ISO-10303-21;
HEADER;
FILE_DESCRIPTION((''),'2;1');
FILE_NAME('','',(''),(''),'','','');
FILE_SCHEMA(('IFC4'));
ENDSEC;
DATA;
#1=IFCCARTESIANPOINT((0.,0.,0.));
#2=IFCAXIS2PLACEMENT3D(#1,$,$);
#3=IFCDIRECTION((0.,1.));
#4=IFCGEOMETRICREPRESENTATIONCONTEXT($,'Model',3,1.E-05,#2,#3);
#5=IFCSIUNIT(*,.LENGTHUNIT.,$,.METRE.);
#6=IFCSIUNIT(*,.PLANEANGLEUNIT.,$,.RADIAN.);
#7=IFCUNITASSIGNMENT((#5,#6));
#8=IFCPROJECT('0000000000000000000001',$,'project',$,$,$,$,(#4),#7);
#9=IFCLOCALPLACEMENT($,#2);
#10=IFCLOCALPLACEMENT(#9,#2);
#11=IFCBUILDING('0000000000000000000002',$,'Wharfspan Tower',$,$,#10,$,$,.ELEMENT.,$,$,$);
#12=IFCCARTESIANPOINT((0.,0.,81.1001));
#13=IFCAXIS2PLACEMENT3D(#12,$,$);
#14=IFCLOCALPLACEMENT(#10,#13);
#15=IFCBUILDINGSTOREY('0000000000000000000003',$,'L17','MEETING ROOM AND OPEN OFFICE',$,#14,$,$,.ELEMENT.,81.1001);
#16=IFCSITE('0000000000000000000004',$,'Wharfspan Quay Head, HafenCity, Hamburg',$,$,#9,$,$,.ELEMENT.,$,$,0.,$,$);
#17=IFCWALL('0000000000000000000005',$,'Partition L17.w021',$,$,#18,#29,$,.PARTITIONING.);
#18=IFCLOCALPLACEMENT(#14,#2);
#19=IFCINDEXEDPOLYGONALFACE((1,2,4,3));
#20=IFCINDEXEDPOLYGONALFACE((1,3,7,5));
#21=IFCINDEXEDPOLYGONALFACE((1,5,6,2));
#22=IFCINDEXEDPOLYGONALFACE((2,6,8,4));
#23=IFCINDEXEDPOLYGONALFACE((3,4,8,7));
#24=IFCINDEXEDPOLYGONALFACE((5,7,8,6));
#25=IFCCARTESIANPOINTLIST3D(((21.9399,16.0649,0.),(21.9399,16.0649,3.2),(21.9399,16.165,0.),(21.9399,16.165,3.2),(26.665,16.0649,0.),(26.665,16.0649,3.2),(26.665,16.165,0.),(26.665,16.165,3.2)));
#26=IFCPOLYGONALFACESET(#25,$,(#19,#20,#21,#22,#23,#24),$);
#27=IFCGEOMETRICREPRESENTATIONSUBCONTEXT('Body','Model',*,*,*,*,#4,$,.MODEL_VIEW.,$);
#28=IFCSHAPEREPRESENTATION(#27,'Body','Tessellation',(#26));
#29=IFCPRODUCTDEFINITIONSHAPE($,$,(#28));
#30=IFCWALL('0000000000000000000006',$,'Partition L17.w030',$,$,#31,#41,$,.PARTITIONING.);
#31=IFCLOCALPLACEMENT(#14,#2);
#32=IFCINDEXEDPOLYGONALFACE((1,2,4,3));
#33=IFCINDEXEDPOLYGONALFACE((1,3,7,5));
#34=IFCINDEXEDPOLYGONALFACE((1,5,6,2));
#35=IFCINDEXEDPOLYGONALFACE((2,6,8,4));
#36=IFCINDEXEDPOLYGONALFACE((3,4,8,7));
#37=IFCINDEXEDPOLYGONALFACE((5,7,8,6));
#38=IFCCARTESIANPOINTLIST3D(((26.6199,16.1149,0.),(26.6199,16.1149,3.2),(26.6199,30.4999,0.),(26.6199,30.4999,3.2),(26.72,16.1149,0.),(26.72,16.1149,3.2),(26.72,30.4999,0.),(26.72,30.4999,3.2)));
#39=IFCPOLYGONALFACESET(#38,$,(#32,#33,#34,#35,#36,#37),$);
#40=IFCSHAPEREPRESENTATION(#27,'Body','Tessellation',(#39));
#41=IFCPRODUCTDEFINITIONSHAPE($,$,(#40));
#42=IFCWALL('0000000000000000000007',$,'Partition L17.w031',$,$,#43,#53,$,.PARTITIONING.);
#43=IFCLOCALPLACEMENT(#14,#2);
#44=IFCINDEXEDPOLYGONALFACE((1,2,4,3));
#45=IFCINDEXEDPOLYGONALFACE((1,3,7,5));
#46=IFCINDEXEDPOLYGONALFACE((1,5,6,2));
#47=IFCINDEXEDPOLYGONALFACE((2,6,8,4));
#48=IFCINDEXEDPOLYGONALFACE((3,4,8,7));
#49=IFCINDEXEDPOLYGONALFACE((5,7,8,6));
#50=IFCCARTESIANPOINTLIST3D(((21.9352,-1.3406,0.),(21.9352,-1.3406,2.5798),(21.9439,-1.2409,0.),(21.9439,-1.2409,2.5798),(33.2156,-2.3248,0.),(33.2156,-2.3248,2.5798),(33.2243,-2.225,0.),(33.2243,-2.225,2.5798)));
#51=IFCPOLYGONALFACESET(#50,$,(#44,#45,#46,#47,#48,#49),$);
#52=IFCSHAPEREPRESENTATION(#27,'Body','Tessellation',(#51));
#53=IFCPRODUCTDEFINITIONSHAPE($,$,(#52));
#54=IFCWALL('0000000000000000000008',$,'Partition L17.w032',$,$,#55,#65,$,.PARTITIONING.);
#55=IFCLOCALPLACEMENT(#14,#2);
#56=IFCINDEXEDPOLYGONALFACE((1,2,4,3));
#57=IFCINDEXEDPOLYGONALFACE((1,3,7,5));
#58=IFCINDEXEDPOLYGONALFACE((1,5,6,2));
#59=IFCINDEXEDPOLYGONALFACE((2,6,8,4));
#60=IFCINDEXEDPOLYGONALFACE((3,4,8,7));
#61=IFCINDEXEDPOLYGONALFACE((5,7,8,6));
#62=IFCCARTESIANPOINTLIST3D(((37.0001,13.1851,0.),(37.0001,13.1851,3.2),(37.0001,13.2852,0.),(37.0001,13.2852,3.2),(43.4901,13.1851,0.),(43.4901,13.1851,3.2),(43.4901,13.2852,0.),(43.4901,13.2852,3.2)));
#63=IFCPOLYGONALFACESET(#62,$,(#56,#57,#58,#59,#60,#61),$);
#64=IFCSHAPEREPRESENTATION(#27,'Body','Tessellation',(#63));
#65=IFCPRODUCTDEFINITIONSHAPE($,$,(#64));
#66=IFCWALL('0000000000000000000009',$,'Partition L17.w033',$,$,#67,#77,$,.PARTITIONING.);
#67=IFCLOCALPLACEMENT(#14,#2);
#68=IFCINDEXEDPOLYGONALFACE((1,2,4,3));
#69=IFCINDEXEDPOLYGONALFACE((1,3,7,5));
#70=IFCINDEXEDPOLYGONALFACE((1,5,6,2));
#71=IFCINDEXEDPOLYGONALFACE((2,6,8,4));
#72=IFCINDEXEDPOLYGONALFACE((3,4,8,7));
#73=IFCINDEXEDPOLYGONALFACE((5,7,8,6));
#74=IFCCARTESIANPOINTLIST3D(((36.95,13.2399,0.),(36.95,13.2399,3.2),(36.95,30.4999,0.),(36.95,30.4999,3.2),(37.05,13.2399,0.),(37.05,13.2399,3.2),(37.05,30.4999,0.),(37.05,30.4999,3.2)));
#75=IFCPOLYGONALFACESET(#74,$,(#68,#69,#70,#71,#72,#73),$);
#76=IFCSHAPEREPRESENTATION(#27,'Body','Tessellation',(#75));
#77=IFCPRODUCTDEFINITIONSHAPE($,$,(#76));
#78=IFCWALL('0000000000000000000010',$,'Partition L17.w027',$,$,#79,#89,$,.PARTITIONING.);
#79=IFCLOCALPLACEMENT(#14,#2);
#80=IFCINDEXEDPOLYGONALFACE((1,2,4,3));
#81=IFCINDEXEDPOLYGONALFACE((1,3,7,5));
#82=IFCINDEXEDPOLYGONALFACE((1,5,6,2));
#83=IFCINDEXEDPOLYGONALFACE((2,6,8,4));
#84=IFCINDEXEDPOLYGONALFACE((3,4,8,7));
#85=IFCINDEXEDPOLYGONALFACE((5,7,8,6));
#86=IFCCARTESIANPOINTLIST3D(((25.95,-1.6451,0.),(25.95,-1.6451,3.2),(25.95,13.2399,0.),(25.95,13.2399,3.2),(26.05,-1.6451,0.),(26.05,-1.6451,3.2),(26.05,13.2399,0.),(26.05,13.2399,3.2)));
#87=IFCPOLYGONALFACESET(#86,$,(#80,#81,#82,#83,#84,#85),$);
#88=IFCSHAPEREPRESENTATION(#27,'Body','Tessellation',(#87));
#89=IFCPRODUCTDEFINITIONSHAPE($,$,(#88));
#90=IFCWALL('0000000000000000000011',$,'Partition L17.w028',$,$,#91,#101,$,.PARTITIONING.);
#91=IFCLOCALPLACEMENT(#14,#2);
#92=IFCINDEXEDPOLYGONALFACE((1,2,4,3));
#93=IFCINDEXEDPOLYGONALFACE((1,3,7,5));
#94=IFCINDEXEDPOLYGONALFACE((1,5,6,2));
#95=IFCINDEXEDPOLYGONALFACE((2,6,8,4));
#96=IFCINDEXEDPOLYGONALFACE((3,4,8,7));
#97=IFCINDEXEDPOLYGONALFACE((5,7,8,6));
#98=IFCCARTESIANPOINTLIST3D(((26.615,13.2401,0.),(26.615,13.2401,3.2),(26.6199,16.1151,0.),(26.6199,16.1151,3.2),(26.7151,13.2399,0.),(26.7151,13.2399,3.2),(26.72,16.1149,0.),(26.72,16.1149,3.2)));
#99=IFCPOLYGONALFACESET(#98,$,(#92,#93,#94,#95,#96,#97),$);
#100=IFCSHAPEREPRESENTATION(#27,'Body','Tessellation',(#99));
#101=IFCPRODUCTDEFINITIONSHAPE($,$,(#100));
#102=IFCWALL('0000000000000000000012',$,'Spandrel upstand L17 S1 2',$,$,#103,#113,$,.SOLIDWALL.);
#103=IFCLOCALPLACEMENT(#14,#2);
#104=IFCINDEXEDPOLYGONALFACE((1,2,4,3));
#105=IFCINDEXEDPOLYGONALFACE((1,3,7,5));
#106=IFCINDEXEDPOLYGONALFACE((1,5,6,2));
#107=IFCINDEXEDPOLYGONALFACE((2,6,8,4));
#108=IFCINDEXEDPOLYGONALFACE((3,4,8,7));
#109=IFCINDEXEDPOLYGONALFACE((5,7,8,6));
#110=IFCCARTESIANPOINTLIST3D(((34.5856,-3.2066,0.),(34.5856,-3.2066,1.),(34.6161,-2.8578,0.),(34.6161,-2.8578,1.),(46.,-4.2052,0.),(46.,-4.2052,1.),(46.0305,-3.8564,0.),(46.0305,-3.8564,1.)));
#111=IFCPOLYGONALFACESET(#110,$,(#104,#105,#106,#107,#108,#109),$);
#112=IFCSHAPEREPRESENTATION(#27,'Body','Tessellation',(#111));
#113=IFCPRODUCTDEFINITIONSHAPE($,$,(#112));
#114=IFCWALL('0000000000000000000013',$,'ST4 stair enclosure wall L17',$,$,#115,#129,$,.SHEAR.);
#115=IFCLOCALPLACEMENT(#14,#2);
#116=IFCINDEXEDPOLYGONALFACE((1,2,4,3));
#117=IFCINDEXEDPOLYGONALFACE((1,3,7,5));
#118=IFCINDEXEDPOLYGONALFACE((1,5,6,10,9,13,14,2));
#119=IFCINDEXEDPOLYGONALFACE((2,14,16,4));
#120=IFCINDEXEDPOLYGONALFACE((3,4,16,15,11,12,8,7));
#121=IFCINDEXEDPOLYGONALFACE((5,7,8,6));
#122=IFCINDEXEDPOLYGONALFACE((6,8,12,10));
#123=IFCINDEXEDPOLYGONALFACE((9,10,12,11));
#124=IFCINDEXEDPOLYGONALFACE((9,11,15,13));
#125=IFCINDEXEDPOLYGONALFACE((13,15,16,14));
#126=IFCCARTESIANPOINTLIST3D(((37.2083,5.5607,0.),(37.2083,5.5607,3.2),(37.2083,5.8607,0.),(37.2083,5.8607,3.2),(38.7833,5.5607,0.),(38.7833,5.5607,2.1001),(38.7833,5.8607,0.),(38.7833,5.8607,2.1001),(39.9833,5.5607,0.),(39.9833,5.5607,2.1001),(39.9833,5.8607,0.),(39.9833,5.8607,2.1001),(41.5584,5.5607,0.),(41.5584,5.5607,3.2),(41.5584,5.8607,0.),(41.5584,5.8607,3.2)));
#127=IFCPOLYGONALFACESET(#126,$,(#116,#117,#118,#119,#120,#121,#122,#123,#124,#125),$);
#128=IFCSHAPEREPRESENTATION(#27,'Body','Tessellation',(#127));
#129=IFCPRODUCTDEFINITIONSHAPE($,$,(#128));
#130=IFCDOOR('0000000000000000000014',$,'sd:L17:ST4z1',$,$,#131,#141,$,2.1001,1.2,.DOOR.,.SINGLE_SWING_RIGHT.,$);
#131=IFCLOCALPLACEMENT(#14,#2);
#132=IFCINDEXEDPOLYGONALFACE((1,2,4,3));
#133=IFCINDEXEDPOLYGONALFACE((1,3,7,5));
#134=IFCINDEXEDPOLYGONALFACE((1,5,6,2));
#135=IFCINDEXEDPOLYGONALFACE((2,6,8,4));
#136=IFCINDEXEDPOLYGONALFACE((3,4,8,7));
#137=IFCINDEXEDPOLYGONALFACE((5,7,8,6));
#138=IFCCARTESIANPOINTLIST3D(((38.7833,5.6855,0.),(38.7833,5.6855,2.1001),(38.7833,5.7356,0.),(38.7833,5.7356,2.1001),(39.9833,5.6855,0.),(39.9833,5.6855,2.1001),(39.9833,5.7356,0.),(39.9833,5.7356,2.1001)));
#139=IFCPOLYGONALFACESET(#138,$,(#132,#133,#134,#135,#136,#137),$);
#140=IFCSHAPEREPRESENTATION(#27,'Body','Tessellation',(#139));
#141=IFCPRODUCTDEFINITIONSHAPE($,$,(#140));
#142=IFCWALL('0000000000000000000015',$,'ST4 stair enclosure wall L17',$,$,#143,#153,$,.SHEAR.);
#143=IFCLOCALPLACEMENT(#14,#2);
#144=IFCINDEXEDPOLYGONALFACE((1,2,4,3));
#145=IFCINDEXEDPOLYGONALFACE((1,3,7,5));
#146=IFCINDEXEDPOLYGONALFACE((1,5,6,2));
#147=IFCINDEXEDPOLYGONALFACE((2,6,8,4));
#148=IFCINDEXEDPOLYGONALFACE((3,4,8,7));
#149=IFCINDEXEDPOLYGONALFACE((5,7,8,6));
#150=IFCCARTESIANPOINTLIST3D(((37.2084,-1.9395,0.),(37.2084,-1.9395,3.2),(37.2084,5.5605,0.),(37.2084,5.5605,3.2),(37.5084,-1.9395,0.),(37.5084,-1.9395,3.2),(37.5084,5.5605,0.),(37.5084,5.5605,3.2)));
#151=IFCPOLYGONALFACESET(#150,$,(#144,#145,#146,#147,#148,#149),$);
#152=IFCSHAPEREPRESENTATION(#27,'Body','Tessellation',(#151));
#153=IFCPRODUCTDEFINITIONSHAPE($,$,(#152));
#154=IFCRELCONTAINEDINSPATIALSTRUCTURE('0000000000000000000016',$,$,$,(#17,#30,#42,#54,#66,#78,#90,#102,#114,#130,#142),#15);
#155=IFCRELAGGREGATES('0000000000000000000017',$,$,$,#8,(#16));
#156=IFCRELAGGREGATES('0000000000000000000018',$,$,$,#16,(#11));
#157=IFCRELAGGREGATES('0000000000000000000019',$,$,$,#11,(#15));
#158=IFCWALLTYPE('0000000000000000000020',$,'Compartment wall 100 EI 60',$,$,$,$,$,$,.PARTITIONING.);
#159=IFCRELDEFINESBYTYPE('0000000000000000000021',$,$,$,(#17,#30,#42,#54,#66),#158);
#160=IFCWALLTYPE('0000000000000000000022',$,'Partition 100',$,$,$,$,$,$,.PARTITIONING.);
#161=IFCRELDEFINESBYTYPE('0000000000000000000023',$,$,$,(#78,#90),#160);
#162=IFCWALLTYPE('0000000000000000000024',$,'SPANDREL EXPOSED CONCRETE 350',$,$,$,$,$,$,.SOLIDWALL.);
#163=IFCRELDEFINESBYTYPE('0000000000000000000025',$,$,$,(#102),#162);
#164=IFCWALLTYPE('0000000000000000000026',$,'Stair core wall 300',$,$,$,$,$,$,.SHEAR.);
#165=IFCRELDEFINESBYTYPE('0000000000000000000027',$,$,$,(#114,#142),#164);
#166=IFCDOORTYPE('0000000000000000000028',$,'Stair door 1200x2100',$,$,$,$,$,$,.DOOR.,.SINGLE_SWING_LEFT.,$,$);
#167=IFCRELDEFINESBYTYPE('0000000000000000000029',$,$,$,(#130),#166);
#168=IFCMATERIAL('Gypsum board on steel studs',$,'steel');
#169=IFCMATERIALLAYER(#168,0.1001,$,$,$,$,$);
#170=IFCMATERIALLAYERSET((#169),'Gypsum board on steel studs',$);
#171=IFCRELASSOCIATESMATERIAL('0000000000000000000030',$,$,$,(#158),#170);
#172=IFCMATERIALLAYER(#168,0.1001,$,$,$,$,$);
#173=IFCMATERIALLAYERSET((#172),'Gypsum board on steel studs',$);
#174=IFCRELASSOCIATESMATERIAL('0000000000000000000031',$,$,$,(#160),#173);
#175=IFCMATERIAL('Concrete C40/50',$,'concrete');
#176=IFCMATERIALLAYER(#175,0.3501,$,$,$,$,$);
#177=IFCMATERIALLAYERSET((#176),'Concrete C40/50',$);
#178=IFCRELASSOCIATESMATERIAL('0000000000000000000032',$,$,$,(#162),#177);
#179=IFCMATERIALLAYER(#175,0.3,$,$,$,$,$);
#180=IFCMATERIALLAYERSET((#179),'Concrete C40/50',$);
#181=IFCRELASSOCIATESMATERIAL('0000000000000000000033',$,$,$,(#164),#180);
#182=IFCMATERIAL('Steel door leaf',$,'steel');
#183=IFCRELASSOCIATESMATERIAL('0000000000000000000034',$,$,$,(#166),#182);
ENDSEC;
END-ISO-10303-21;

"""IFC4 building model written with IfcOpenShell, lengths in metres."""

from ifc_helpers import new_model, si_unit, direction, frame, frame_2d, origin, place, context, subcontext, project, spatial, rectangle, extrude, material, layer, layer_set, type_object, element, fill, save


model = new_model("IFC4")

# Units and contexts
model_context = context("Model", 3, precision=1e-05, world=origin(), true_north=direction((0.0, 1.0)))
body_context = subcontext(model_context, "Body", "Model", "MODEL_VIEW")
ifc_project = project(units=[si_unit("LENGTHUNIT", "METRE"), si_unit("PLANEANGLEUNIT", "RADIAN")], contexts=[model_context])

# Site, building, storey
site_placement = place(None, origin())
site = spatial("IfcSite", under=ifc_project, at=site_placement, Name="Wharfspan Quay Head, HafenCity, Hamburg", CompositionType="ELEMENT", RefElevation=0.0)
building_placement = place(site_placement, origin())
building = spatial("IfcBuilding", under=site, at=building_placement, Name="Wharfspan Tower", CompositionType="ELEMENT")
storey_placement = place(building_placement, frame((0.0, 0.0, 81.1001)))
storey = spatial("IfcBuildingStorey", under=building, at=storey_placement, Name="L17", Description="MEETING ROOM AND OPEN OFFICE", CompositionType="ELEMENT", Elevation=81.1001)

# Walls
ifc_material_1 = material(Name="Gypsum board on steel studs", Category="steel")
ifc_layer_1 = layer(ifc_material_1, 0.1001)
ifc_layer_set_1 = layer_set([ifc_layer_1], Name="Gypsum board on steel studs")
wall_type_1 = type_object("IfcWallType", Name="Compartment wall 100 EI 60", PredefinedType="PARTITIONING", material=ifc_layer_set_1)
wall_1_placement = place(storey_placement, frame((21.9399, 16.115, 0.0), z_axis=(0.0, 0.0, 1.0), x_axis=(1.0, 0.0, 0.0)))
element("IfcWall", 1, at=wall_1_placement, inside=storey, type_object=wall_type_1, Name="Partition L17.w021", PredefinedType="PARTITIONING", context=body_context, shape_type="SweptSolid", body=[
    extrude(rectangle(XDim=4.7251, YDim=0.1001, at=frame_2d((2.3625, 0.0))), origin(), (0.0, 0.0, 1.0), 3.2),
])
wall_2_placement = place(storey_placement, frame((26.6699, 16.115, 0.0), z_axis=(0.0, 0.0, 1.0), x_axis=(0.0, 1.0, 0.0)))
element("IfcWall", 2, at=wall_2_placement, inside=storey, type_object=wall_type_1, Name="Partition L17.w030", PredefinedType="PARTITIONING", context=body_context, shape_type="SweptSolid", body=[
    extrude(rectangle(XDim=14.385, YDim=0.1001, at=frame_2d((7.1924, 0.0))), origin(), (0.0, 0.0, 1.0), 3.2),
])
wall_3_placement = place(storey_placement, frame((33.22, -2.2749, 0.0), z_axis=(0.0, 0.0, 1.0), x_axis=(-0.996212, 0.086913, 0.0)))
element("IfcWall", 3, at=wall_3_placement, inside=storey, type_object=wall_type_1, Name="Partition L17.w031", PredefinedType="PARTITIONING", context=body_context, shape_type="SweptSolid", body=[
    extrude(rectangle(XDim=11.3232, YDim=0.1001, at=frame_2d((5.6616, 0.0))), origin(), (0.0, 0.0, 1.0), 2.5798),
])
wall_4_placement = place(storey_placement, frame((37.0, 13.2351, 0.0), z_axis=(0.0, 0.0, 1.0), x_axis=(1.0, 0.0, 0.0)))
element("IfcWall", 4, at=wall_4_placement, inside=storey, type_object=wall_type_1, Name="Partition L17.w032", PredefinedType="PARTITIONING", context=body_context, shape_type="SweptSolid", body=[
    extrude(rectangle(XDim=6.49, YDim=0.1001, at=frame_2d((3.2451, 0.0))), origin(), (0.0, 0.0, 1.0), 3.2),
])
wall_5_placement = place(storey_placement, frame((37.0, 13.24, 0.0), z_axis=(0.0, 0.0, 1.0), x_axis=(0.0, 1.0, 0.0)))
element("IfcWall", 5, at=wall_5_placement, inside=storey, type_object=wall_type_1, Name="Partition L17.w033", PredefinedType="PARTITIONING", context=body_context, shape_type="SweptSolid", body=[
    extrude(rectangle(XDim=17.26, YDim=0.1001, at=frame_2d((8.6299, 0.0))), origin(), (0.0, 0.0, 1.0), 3.2),
])
ifc_layer_2 = layer(ifc_material_1, 0.1001)
ifc_layer_set_2 = layer_set([ifc_layer_2], Name="Gypsum board on steel studs")
wall_type_2 = type_object("IfcWallType", Name="Partition 100", PredefinedType="PARTITIONING", material=ifc_layer_set_2)
wall_6_placement = place(storey_placement, frame((26.0, -1.645, 0.0), z_axis=(0.0, 0.0, 1.0), x_axis=(0.0, 1.0, 0.0)))
element("IfcWall", 6, at=wall_6_placement, inside=storey, type_object=wall_type_2, Name="Partition L17.w027", PredefinedType="PARTITIONING", context=body_context, shape_type="SweptSolid", body=[
    extrude(rectangle(XDim=14.885, YDim=0.1001, at=frame_2d((7.4424, 0.0))), origin(), (0.0, 0.0, 1.0), 3.2),
])
wall_7_placement = place(storey_placement, frame((26.665, 13.24, 0.0), z_axis=(0.0, 0.0, 1.0), x_axis=(0.001698, 0.999995, 0.0)))
element("IfcWall", 7, at=wall_7_placement, inside=storey, type_object=wall_type_2, Name="Partition L17.w028", PredefinedType="PARTITIONING", context=body_context, shape_type="SweptSolid", body=[
    extrude(rectangle(XDim=2.875, YDim=0.1001, at=frame_2d((1.4375, 0.0))), origin(), (0.0, 0.0, 1.0), 3.2),
])
ifc_material_2 = material(Name="Concrete C40/50", Category="concrete")
ifc_layer_3 = layer(ifc_material_2, 0.3501)
ifc_layer_set_3 = layer_set([ifc_layer_3], Name="Concrete C40/50")
wall_type_3 = type_object("IfcWallType", Name="SPANDREL EXPOSED CONCRETE 350", PredefinedType="SOLIDWALL", material=ifc_layer_set_3)
wall_8_placement = place(storey_placement, frame((34.6008, -3.0322, 0.0), z_axis=(0.0, 0.0, 1.0), x_axis=(0.996193, -0.087148, 0.0)))
element("IfcWall", 8, at=wall_8_placement, inside=storey, type_object=wall_type_3, Name="Spandrel upstand L17 S1 2", PredefinedType="SOLIDWALL", context=body_context, shape_type="SweptSolid", body=[
    extrude(rectangle(XDim=11.458, YDim=0.3501, at=frame_2d((5.729, 0.0))), origin(), (0.0, 0.0, 1.0), 1.0),
])

# Wall, opening, door
ifc_layer_4 = layer(ifc_material_2, 0.3)
ifc_layer_set_4 = layer_set([ifc_layer_4], Name="Concrete C40/50")
wall_type_4 = type_object("IfcWallType", Name="Stair core wall 300", PredefinedType="SHEAR", material=ifc_layer_set_4)
wall_9_placement = place(storey_placement, frame((37.2083, 5.7107, 0.0), z_axis=(0.0, 0.0, 1.0), x_axis=(1.0, 0.0, 0.0)))
wall_9 = element("IfcWall", 9, at=wall_9_placement, inside=storey, type_object=wall_type_4, Name="ST4 stair enclosure wall L17", PredefinedType="SHEAR", context=body_context, shape_type="SweptSolid", body=[
    extrude(rectangle(XDim=4.3501, YDim=0.3, at=frame_2d((2.175, 0.0))), origin(), (0.0, 0.0, 1.0), 3.2),
])
opening_placement = place(wall_9_placement, frame((1.575, 0.0, 0.0)))
opening = element("IfcOpeningElement", 10, at=opening_placement, cuts=wall_9, PredefinedType="OPENING", context=body_context, shape_type="SweptSolid", body=[
    extrude(rectangle(XDim=1.2, YDim=2.1001, at=frame_2d((0.6001, 1.05))), frame((0.0, 0.1599, 0.0), z_axis=(0.0, -1.0, 0.0), x_axis=(1.0, 0.0, 0.0)), (0.0, 0.0, 1.0), 0.3201),
])
ifc_material_3 = material(Name="Steel door leaf", Category="steel")
door_type = type_object("IfcDoorType", Name="Stair door 1200x2100", OperationType="SINGLE_SWING_LEFT", PredefinedType="DOOR", material=ifc_material_3)
door_placement = place(opening_placement, origin())
door = element("IfcDoor", 11, at=door_placement, inside=storey, type_object=door_type, Name="sd:L17:ST4z1", OperationType="SINGLE_SWING_RIGHT", OverallHeight=2.1001, OverallWidth=1.2, PredefinedType="DOOR", context=body_context, shape_type="SweptSolid", body=[
    extrude(rectangle(XDim=1.2, YDim=2.1001, at=frame_2d((0.6001, 1.05))), frame((0.0, 0.0249, 0.0), z_axis=(0.0, -1.0, 0.0), x_axis=(1.0, 0.0, 0.0)), (0.0, 0.0, 1.0), 0.05),
])
fill(opening, door)

# Wall
wall_10_placement = place(storey_placement, frame((37.3584, -1.9395, 0.0), z_axis=(0.0, 0.0, 1.0), x_axis=(0.0, 1.0, 0.0)))
element("IfcWall", 12, at=wall_10_placement, inside=storey, type_object=wall_type_4, Name="ST4 stair enclosure wall L17", PredefinedType="SHEAR", context=body_context, shape_type="SweptSolid", body=[
    extrude(rectangle(XDim=7.5, YDim=0.3, at=frame_2d((3.75, 0.0))), origin(), (0.0, 0.0, 1.0), 3.2),
])

save(model, "model.ifc")
